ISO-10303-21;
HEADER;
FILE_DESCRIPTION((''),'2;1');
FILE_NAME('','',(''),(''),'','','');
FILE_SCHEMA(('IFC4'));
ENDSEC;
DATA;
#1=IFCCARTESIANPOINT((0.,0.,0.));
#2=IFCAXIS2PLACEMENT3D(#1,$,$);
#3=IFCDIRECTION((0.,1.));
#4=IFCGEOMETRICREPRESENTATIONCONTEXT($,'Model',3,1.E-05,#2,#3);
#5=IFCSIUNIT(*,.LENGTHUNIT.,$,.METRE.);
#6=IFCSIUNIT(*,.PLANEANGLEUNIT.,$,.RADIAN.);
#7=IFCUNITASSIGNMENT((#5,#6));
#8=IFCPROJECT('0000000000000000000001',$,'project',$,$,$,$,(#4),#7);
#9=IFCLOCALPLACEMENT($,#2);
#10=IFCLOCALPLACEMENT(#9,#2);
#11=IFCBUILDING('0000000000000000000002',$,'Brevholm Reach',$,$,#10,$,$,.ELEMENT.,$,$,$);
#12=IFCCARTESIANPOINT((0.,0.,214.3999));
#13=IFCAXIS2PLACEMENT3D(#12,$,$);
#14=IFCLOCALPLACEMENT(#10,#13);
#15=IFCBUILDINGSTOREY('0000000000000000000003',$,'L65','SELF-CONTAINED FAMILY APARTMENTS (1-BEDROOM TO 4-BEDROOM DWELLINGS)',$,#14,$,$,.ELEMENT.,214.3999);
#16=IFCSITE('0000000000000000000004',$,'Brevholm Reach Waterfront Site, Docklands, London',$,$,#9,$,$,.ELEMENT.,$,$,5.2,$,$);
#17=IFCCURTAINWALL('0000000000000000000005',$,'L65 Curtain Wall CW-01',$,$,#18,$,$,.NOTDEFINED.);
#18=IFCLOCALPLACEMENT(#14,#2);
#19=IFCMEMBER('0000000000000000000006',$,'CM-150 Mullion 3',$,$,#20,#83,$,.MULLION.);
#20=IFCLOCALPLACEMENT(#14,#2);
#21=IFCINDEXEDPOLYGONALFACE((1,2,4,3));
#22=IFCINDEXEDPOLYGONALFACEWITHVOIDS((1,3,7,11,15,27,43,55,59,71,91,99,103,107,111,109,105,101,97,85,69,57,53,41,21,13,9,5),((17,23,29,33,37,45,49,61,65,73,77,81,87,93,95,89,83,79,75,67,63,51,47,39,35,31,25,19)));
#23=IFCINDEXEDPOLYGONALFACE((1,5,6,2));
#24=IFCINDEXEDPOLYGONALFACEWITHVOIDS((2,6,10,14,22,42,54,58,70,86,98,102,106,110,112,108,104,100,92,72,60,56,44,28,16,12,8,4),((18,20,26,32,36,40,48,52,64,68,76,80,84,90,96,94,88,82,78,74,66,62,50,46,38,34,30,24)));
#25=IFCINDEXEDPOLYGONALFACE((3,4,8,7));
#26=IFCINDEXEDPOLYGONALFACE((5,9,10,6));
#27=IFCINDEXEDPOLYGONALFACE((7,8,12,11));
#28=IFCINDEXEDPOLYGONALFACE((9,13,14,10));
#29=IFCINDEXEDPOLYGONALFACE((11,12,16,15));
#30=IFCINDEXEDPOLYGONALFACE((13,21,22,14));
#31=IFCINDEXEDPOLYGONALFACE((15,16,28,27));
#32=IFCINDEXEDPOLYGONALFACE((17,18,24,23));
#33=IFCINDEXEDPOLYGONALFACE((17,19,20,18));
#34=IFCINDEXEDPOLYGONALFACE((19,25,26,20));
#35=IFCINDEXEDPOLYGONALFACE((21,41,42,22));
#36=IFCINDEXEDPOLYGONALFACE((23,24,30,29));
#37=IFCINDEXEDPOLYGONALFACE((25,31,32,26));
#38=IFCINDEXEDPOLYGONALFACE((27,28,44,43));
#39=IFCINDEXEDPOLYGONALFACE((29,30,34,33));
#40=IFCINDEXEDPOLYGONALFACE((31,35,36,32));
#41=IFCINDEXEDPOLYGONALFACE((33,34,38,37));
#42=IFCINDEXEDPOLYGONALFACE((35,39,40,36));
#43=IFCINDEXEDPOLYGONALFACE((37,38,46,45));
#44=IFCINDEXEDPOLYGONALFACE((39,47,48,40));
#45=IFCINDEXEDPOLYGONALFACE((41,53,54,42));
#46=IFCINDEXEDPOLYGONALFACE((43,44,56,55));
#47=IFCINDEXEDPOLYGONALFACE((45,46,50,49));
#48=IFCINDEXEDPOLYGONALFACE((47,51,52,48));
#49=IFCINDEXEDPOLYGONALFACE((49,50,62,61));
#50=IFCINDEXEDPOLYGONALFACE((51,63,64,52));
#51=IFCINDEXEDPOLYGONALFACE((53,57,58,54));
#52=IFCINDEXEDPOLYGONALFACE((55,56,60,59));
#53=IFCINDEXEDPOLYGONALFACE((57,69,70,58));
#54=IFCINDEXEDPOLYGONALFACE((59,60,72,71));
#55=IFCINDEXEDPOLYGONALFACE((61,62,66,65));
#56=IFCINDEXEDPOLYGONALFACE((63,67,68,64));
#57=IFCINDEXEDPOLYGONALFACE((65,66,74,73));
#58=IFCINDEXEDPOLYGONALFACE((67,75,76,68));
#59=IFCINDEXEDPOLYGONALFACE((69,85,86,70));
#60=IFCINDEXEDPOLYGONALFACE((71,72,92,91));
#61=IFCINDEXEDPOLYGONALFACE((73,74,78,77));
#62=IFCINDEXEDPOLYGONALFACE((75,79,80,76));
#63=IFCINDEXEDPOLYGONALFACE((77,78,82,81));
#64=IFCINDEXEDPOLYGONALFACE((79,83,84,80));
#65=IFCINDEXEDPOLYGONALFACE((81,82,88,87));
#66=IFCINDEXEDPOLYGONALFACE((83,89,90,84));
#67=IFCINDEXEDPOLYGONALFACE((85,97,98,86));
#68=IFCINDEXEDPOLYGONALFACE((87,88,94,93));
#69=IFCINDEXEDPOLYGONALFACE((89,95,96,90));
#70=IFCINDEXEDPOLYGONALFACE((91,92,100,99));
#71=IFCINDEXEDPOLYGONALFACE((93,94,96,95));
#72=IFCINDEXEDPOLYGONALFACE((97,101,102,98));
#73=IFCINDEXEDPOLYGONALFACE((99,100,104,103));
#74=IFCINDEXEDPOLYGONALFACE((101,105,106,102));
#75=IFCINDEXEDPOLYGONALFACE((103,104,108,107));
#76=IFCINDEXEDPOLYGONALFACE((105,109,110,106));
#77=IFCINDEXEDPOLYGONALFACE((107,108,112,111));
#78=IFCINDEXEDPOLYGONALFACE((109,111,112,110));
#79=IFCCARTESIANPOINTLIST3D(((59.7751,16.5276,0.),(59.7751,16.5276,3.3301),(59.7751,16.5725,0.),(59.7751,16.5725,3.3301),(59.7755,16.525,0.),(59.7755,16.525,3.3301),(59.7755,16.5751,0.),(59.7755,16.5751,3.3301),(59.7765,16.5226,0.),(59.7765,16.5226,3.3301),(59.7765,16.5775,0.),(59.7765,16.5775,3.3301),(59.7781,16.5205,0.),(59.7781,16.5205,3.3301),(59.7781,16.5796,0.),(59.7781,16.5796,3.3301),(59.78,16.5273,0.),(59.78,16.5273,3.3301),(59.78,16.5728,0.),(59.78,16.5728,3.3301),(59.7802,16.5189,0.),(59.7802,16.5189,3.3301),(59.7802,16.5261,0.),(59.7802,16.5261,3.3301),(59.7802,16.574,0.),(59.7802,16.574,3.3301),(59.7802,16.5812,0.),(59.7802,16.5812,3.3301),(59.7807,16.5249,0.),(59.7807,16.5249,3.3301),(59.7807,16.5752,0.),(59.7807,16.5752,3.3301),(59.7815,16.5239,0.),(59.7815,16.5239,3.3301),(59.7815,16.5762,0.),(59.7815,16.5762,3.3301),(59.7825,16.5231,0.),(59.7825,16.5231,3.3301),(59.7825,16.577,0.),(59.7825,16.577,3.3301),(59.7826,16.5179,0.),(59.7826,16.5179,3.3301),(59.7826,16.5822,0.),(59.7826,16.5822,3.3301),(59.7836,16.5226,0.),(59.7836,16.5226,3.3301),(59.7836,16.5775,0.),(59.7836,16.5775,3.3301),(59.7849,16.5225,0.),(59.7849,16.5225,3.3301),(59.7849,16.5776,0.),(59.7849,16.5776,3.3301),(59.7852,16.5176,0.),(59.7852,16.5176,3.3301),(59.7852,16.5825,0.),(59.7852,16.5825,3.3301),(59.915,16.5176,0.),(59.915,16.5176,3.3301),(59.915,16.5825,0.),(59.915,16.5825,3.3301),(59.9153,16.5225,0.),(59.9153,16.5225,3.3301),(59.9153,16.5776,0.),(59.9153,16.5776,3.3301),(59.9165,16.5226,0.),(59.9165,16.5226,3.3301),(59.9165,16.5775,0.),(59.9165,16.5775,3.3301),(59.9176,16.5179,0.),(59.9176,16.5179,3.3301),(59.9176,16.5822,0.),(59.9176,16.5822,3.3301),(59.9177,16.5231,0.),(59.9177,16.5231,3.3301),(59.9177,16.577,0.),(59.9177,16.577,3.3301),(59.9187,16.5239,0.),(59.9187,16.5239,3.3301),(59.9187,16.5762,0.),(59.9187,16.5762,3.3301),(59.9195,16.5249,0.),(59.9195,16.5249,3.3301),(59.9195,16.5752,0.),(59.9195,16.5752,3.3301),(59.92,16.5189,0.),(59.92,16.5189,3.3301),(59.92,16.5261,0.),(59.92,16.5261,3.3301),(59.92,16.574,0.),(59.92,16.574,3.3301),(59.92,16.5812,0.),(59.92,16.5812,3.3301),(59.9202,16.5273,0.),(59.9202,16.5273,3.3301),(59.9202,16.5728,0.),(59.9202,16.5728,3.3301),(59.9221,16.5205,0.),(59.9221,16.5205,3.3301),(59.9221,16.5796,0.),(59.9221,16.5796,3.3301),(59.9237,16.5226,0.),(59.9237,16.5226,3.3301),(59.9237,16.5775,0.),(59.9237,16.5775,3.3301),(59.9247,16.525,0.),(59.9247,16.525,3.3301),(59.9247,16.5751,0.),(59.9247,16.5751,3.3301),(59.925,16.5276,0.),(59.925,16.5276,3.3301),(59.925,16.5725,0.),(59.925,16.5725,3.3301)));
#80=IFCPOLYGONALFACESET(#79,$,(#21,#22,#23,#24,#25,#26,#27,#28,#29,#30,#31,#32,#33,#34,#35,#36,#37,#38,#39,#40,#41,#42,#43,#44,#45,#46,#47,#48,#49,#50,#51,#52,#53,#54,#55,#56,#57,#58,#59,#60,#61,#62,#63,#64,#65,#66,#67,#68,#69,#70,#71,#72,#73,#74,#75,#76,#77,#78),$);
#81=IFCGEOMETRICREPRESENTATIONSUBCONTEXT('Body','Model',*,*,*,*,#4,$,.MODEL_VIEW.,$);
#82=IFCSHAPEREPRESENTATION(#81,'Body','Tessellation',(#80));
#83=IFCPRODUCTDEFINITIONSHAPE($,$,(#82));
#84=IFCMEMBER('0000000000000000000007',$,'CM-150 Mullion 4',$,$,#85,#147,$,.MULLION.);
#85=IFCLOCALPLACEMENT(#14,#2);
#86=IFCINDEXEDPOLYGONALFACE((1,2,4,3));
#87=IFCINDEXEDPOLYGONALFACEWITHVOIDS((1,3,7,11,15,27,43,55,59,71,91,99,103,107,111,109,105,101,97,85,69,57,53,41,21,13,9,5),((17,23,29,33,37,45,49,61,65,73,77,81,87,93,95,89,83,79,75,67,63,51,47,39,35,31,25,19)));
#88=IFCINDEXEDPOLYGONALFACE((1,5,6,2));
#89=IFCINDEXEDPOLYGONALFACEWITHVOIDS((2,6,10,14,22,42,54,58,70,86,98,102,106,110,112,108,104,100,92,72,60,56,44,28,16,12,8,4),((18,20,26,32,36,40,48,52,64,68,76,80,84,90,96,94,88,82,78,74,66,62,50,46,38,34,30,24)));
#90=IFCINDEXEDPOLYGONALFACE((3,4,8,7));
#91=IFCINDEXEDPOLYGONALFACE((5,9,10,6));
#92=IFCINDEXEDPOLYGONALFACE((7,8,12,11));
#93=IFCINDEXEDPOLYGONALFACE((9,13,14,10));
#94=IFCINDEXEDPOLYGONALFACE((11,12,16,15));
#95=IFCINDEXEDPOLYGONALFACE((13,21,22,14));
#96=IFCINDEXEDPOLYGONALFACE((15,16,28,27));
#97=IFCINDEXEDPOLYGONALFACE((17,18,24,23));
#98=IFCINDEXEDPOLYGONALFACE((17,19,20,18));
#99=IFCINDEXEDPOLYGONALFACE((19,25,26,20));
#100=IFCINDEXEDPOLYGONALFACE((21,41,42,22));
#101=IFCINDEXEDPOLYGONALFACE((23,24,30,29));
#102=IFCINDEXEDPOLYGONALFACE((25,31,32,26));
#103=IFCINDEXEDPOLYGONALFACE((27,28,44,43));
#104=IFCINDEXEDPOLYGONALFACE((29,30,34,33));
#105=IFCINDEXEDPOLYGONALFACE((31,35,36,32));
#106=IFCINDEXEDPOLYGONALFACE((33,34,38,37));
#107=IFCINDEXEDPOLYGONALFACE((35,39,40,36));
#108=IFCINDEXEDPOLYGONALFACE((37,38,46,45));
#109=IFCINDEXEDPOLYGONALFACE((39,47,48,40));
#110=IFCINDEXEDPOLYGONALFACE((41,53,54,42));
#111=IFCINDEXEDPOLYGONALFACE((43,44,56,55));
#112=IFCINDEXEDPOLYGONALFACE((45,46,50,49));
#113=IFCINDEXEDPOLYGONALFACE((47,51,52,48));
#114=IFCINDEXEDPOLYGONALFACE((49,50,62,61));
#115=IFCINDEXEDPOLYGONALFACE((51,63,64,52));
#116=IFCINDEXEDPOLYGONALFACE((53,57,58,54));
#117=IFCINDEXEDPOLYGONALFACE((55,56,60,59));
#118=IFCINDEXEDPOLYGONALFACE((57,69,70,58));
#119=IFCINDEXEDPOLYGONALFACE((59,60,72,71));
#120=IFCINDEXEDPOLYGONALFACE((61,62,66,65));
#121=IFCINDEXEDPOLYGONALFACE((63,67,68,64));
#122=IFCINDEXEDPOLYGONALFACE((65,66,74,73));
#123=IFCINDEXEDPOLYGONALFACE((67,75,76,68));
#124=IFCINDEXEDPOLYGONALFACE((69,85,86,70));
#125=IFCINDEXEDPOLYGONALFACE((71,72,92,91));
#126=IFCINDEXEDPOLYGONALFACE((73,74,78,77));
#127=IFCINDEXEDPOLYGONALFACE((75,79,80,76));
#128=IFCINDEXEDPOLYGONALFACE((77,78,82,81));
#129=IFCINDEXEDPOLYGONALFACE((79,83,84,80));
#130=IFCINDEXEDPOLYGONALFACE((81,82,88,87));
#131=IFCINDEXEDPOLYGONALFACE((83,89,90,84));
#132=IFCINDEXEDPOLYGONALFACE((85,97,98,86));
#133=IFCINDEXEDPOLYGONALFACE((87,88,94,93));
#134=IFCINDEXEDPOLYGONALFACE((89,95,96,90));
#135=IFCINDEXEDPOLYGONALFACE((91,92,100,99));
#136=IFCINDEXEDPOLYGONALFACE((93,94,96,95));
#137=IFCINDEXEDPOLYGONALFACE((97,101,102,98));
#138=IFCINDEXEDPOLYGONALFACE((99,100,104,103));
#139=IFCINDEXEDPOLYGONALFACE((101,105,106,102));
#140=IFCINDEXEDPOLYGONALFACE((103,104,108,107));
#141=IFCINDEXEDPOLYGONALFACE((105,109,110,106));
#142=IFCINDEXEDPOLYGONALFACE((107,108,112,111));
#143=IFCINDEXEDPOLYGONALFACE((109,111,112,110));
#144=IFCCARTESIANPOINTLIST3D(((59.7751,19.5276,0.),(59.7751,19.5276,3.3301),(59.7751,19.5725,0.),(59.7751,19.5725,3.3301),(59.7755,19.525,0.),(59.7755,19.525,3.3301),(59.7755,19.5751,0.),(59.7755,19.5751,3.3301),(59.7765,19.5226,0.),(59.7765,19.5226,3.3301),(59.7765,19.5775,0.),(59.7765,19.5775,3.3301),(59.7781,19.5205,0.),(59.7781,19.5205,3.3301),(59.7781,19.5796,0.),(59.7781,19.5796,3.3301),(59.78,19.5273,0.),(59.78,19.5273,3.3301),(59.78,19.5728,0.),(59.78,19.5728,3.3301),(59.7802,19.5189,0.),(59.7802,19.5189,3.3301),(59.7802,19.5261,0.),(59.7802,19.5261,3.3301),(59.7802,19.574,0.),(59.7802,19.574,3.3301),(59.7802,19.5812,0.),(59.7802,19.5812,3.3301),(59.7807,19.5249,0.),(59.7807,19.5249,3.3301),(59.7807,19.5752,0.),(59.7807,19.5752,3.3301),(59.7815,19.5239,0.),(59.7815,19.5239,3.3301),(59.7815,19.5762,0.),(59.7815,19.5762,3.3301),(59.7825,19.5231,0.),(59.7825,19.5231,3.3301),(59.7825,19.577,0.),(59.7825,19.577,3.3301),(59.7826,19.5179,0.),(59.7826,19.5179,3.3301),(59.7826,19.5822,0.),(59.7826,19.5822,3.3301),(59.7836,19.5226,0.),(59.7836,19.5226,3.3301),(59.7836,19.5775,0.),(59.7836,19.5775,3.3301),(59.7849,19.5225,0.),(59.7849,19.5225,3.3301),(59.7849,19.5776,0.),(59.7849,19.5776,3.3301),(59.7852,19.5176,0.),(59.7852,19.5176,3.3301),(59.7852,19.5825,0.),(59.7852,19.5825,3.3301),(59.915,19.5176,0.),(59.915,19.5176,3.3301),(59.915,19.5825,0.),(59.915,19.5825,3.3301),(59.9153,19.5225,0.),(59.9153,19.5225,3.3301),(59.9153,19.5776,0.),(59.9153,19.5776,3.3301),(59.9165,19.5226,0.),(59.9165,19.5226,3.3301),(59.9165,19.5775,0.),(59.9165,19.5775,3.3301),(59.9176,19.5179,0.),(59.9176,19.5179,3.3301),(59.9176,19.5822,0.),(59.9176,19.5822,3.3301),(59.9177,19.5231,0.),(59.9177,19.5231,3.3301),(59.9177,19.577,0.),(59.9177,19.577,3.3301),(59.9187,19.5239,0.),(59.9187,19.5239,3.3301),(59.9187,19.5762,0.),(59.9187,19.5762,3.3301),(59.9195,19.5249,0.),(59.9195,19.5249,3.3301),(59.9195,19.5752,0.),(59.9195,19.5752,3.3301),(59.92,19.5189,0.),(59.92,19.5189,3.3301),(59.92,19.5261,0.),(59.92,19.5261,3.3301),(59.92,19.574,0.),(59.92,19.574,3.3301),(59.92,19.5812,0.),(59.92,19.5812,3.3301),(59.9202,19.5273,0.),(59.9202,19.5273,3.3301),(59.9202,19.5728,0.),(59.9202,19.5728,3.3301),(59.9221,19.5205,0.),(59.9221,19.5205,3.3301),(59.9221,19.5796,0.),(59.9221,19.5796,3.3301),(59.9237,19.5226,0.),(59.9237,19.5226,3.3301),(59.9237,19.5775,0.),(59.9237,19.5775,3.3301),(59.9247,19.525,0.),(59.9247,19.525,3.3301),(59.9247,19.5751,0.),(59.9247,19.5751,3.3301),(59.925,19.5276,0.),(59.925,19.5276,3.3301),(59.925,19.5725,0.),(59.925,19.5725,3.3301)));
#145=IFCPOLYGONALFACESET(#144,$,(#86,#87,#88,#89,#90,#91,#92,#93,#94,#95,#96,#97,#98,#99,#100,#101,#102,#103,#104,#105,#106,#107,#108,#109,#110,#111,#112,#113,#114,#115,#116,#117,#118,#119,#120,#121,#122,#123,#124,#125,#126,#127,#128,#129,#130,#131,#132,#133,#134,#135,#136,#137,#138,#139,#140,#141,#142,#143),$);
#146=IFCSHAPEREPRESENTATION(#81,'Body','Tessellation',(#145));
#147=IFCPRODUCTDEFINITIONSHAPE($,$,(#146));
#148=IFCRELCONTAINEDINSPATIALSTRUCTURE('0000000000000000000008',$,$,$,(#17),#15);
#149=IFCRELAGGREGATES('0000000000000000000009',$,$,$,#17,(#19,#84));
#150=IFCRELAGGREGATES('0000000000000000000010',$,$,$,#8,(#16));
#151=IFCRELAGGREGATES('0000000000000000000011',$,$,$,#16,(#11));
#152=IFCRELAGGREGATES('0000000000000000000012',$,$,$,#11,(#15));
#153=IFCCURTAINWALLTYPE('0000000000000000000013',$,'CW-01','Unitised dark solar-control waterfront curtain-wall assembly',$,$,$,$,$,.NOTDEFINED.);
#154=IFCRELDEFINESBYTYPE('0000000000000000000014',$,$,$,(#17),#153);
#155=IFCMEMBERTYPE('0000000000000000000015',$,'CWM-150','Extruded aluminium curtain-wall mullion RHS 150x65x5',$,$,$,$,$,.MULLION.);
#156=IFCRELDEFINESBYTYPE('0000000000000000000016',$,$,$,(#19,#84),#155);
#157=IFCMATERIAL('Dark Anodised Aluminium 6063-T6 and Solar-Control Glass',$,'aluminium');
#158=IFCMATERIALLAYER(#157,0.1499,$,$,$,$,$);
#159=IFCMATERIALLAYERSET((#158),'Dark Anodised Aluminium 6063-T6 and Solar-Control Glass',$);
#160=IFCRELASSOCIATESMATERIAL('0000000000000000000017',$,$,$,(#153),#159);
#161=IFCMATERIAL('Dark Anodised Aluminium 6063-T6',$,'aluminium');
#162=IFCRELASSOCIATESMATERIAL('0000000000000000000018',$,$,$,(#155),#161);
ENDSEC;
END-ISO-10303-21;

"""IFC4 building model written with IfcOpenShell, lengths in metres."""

from ifc_helpers import new_model, si_unit, direction, frame, origin, origin_2d, place, context, subcontext, project, spatial, hollow_rectangle, extrude, material, layer, layer_set, material_profile, profile_set, type_object, element, aggregate, save


model = new_model("IFC4")

# Units and contexts
model_context = context("Model", 3, precision=1e-05, world=origin(), true_north=direction((0.0, 1.0)))
body_context = subcontext(model_context, "Body", "Model", "MODEL_VIEW")
ifc_project = project(units=[si_unit("LENGTHUNIT", "METRE"), si_unit("PLANEANGLEUNIT", "RADIAN")], contexts=[model_context])

# Site, building, storey
site_placement = place(None, origin())
site = spatial("IfcSite", under=ifc_project, at=site_placement, Name="Brevholm Reach Waterfront Site, Docklands, London", CompositionType="ELEMENT", RefElevation=5.2)
building_placement = place(site_placement, origin())
building = spatial("IfcBuilding", under=site, at=building_placement, Name="Brevholm Reach", CompositionType="ELEMENT")
storey_placement = place(building_placement, frame((0.0, 0.0, 214.3999)))
storey = spatial("IfcBuildingStorey", under=building, at=storey_placement, Name="L65", Description="SELF-CONTAINED FAMILY APARTMENTS (1-BEDROOM TO 4-BEDROOM DWELLINGS)", CompositionType="ELEMENT", Elevation=214.3999)

# Curtain wall, members
ifc_material_1 = material(Name="Dark Anodised Aluminium 6063-T6 and Solar-Control Glass", Category="aluminium")
ifc_layer_1 = layer(ifc_material_1, 0.1499)
ifc_layer_set_1 = layer_set([ifc_layer_1], Name="Dark Anodised Aluminium 6063-T6 and Solar-Control Glass")
curtain_wall_type = type_object("IfcCurtainWallType", Name="CW-01", Description="Unitised dark solar-control waterfront curtain-wall assembly", PredefinedType="NOTDEFINED", material=ifc_layer_set_1)
curtain_wall_placement = place(storey_placement, origin())
curtain_wall = element("IfcCurtainWall", 1, at=curtain_wall_placement, inside=storey, type_object=curtain_wall_type, Name="L65 Curtain Wall CW-01", PredefinedType="NOTDEFINED")
ifc_material_2 = material(Name="Dark Anodised Aluminium 6063-T6", Category="aluminium")
ifc_material_profile_1 = material_profile(ifc_material_2, hollow_rectangle(XDim=0.0649, YDim=0.1499, WallThickness=0.0049, InnerFilletRadius=0.0049, OuterFilletRadius=0.01, at=origin_2d()), Name="RHS 150x65x5")
ifc_profile_set_1 = profile_set([ifc_material_profile_1], Name="Dark Anodised Aluminium 6063-T6")
member_type_1 = type_object("IfcMemberType", Name="CWM-150", Description="Extruded aluminium curtain-wall mullion RHS 150x65x5", PredefinedType="MULLION", material=ifc_profile_set_1)
member_1_placement = place(storey_placement, frame((59.8501, 16.55, 0.0), z_axis=(0.0, 0.0, 1.0), x_axis=(0.0, 1.0, 0.0)))
member_1 = element("IfcMember", 2, at=member_1_placement, type_object=member_type_1, Name="CM-150 Mullion 3", PredefinedType="MULLION", context=body_context, shape_type="SweptSolid", body=[
    extrude(hollow_rectangle(XDim=0.0649, YDim=0.1499, WallThickness=0.0049, InnerFilletRadius=0.0049, OuterFilletRadius=0.01, at=origin_2d()), origin(), (0.0, 0.0, 1.0), 3.3301),
])
member_2_placement = place(storey_placement, frame((59.8501, 19.55, 0.0), z_axis=(0.0, 0.0, 1.0), x_axis=(0.0, 1.0, 0.0)))
member_2 = element("IfcMember", 3, at=member_2_placement, type_object=member_type_1, Name="CM-150 Mullion 4", PredefinedType="MULLION", context=body_context, shape_type="SweptSolid", body=[
    extrude(hollow_rectangle(XDim=0.0649, YDim=0.1499, WallThickness=0.0049, InnerFilletRadius=0.0049, OuterFilletRadius=0.01, at=origin_2d()), origin(), (0.0, 0.0, 1.0), 3.3301),
])
aggregate(curtain_wall, [member_1, member_2])

save(model, "model.ifc")
